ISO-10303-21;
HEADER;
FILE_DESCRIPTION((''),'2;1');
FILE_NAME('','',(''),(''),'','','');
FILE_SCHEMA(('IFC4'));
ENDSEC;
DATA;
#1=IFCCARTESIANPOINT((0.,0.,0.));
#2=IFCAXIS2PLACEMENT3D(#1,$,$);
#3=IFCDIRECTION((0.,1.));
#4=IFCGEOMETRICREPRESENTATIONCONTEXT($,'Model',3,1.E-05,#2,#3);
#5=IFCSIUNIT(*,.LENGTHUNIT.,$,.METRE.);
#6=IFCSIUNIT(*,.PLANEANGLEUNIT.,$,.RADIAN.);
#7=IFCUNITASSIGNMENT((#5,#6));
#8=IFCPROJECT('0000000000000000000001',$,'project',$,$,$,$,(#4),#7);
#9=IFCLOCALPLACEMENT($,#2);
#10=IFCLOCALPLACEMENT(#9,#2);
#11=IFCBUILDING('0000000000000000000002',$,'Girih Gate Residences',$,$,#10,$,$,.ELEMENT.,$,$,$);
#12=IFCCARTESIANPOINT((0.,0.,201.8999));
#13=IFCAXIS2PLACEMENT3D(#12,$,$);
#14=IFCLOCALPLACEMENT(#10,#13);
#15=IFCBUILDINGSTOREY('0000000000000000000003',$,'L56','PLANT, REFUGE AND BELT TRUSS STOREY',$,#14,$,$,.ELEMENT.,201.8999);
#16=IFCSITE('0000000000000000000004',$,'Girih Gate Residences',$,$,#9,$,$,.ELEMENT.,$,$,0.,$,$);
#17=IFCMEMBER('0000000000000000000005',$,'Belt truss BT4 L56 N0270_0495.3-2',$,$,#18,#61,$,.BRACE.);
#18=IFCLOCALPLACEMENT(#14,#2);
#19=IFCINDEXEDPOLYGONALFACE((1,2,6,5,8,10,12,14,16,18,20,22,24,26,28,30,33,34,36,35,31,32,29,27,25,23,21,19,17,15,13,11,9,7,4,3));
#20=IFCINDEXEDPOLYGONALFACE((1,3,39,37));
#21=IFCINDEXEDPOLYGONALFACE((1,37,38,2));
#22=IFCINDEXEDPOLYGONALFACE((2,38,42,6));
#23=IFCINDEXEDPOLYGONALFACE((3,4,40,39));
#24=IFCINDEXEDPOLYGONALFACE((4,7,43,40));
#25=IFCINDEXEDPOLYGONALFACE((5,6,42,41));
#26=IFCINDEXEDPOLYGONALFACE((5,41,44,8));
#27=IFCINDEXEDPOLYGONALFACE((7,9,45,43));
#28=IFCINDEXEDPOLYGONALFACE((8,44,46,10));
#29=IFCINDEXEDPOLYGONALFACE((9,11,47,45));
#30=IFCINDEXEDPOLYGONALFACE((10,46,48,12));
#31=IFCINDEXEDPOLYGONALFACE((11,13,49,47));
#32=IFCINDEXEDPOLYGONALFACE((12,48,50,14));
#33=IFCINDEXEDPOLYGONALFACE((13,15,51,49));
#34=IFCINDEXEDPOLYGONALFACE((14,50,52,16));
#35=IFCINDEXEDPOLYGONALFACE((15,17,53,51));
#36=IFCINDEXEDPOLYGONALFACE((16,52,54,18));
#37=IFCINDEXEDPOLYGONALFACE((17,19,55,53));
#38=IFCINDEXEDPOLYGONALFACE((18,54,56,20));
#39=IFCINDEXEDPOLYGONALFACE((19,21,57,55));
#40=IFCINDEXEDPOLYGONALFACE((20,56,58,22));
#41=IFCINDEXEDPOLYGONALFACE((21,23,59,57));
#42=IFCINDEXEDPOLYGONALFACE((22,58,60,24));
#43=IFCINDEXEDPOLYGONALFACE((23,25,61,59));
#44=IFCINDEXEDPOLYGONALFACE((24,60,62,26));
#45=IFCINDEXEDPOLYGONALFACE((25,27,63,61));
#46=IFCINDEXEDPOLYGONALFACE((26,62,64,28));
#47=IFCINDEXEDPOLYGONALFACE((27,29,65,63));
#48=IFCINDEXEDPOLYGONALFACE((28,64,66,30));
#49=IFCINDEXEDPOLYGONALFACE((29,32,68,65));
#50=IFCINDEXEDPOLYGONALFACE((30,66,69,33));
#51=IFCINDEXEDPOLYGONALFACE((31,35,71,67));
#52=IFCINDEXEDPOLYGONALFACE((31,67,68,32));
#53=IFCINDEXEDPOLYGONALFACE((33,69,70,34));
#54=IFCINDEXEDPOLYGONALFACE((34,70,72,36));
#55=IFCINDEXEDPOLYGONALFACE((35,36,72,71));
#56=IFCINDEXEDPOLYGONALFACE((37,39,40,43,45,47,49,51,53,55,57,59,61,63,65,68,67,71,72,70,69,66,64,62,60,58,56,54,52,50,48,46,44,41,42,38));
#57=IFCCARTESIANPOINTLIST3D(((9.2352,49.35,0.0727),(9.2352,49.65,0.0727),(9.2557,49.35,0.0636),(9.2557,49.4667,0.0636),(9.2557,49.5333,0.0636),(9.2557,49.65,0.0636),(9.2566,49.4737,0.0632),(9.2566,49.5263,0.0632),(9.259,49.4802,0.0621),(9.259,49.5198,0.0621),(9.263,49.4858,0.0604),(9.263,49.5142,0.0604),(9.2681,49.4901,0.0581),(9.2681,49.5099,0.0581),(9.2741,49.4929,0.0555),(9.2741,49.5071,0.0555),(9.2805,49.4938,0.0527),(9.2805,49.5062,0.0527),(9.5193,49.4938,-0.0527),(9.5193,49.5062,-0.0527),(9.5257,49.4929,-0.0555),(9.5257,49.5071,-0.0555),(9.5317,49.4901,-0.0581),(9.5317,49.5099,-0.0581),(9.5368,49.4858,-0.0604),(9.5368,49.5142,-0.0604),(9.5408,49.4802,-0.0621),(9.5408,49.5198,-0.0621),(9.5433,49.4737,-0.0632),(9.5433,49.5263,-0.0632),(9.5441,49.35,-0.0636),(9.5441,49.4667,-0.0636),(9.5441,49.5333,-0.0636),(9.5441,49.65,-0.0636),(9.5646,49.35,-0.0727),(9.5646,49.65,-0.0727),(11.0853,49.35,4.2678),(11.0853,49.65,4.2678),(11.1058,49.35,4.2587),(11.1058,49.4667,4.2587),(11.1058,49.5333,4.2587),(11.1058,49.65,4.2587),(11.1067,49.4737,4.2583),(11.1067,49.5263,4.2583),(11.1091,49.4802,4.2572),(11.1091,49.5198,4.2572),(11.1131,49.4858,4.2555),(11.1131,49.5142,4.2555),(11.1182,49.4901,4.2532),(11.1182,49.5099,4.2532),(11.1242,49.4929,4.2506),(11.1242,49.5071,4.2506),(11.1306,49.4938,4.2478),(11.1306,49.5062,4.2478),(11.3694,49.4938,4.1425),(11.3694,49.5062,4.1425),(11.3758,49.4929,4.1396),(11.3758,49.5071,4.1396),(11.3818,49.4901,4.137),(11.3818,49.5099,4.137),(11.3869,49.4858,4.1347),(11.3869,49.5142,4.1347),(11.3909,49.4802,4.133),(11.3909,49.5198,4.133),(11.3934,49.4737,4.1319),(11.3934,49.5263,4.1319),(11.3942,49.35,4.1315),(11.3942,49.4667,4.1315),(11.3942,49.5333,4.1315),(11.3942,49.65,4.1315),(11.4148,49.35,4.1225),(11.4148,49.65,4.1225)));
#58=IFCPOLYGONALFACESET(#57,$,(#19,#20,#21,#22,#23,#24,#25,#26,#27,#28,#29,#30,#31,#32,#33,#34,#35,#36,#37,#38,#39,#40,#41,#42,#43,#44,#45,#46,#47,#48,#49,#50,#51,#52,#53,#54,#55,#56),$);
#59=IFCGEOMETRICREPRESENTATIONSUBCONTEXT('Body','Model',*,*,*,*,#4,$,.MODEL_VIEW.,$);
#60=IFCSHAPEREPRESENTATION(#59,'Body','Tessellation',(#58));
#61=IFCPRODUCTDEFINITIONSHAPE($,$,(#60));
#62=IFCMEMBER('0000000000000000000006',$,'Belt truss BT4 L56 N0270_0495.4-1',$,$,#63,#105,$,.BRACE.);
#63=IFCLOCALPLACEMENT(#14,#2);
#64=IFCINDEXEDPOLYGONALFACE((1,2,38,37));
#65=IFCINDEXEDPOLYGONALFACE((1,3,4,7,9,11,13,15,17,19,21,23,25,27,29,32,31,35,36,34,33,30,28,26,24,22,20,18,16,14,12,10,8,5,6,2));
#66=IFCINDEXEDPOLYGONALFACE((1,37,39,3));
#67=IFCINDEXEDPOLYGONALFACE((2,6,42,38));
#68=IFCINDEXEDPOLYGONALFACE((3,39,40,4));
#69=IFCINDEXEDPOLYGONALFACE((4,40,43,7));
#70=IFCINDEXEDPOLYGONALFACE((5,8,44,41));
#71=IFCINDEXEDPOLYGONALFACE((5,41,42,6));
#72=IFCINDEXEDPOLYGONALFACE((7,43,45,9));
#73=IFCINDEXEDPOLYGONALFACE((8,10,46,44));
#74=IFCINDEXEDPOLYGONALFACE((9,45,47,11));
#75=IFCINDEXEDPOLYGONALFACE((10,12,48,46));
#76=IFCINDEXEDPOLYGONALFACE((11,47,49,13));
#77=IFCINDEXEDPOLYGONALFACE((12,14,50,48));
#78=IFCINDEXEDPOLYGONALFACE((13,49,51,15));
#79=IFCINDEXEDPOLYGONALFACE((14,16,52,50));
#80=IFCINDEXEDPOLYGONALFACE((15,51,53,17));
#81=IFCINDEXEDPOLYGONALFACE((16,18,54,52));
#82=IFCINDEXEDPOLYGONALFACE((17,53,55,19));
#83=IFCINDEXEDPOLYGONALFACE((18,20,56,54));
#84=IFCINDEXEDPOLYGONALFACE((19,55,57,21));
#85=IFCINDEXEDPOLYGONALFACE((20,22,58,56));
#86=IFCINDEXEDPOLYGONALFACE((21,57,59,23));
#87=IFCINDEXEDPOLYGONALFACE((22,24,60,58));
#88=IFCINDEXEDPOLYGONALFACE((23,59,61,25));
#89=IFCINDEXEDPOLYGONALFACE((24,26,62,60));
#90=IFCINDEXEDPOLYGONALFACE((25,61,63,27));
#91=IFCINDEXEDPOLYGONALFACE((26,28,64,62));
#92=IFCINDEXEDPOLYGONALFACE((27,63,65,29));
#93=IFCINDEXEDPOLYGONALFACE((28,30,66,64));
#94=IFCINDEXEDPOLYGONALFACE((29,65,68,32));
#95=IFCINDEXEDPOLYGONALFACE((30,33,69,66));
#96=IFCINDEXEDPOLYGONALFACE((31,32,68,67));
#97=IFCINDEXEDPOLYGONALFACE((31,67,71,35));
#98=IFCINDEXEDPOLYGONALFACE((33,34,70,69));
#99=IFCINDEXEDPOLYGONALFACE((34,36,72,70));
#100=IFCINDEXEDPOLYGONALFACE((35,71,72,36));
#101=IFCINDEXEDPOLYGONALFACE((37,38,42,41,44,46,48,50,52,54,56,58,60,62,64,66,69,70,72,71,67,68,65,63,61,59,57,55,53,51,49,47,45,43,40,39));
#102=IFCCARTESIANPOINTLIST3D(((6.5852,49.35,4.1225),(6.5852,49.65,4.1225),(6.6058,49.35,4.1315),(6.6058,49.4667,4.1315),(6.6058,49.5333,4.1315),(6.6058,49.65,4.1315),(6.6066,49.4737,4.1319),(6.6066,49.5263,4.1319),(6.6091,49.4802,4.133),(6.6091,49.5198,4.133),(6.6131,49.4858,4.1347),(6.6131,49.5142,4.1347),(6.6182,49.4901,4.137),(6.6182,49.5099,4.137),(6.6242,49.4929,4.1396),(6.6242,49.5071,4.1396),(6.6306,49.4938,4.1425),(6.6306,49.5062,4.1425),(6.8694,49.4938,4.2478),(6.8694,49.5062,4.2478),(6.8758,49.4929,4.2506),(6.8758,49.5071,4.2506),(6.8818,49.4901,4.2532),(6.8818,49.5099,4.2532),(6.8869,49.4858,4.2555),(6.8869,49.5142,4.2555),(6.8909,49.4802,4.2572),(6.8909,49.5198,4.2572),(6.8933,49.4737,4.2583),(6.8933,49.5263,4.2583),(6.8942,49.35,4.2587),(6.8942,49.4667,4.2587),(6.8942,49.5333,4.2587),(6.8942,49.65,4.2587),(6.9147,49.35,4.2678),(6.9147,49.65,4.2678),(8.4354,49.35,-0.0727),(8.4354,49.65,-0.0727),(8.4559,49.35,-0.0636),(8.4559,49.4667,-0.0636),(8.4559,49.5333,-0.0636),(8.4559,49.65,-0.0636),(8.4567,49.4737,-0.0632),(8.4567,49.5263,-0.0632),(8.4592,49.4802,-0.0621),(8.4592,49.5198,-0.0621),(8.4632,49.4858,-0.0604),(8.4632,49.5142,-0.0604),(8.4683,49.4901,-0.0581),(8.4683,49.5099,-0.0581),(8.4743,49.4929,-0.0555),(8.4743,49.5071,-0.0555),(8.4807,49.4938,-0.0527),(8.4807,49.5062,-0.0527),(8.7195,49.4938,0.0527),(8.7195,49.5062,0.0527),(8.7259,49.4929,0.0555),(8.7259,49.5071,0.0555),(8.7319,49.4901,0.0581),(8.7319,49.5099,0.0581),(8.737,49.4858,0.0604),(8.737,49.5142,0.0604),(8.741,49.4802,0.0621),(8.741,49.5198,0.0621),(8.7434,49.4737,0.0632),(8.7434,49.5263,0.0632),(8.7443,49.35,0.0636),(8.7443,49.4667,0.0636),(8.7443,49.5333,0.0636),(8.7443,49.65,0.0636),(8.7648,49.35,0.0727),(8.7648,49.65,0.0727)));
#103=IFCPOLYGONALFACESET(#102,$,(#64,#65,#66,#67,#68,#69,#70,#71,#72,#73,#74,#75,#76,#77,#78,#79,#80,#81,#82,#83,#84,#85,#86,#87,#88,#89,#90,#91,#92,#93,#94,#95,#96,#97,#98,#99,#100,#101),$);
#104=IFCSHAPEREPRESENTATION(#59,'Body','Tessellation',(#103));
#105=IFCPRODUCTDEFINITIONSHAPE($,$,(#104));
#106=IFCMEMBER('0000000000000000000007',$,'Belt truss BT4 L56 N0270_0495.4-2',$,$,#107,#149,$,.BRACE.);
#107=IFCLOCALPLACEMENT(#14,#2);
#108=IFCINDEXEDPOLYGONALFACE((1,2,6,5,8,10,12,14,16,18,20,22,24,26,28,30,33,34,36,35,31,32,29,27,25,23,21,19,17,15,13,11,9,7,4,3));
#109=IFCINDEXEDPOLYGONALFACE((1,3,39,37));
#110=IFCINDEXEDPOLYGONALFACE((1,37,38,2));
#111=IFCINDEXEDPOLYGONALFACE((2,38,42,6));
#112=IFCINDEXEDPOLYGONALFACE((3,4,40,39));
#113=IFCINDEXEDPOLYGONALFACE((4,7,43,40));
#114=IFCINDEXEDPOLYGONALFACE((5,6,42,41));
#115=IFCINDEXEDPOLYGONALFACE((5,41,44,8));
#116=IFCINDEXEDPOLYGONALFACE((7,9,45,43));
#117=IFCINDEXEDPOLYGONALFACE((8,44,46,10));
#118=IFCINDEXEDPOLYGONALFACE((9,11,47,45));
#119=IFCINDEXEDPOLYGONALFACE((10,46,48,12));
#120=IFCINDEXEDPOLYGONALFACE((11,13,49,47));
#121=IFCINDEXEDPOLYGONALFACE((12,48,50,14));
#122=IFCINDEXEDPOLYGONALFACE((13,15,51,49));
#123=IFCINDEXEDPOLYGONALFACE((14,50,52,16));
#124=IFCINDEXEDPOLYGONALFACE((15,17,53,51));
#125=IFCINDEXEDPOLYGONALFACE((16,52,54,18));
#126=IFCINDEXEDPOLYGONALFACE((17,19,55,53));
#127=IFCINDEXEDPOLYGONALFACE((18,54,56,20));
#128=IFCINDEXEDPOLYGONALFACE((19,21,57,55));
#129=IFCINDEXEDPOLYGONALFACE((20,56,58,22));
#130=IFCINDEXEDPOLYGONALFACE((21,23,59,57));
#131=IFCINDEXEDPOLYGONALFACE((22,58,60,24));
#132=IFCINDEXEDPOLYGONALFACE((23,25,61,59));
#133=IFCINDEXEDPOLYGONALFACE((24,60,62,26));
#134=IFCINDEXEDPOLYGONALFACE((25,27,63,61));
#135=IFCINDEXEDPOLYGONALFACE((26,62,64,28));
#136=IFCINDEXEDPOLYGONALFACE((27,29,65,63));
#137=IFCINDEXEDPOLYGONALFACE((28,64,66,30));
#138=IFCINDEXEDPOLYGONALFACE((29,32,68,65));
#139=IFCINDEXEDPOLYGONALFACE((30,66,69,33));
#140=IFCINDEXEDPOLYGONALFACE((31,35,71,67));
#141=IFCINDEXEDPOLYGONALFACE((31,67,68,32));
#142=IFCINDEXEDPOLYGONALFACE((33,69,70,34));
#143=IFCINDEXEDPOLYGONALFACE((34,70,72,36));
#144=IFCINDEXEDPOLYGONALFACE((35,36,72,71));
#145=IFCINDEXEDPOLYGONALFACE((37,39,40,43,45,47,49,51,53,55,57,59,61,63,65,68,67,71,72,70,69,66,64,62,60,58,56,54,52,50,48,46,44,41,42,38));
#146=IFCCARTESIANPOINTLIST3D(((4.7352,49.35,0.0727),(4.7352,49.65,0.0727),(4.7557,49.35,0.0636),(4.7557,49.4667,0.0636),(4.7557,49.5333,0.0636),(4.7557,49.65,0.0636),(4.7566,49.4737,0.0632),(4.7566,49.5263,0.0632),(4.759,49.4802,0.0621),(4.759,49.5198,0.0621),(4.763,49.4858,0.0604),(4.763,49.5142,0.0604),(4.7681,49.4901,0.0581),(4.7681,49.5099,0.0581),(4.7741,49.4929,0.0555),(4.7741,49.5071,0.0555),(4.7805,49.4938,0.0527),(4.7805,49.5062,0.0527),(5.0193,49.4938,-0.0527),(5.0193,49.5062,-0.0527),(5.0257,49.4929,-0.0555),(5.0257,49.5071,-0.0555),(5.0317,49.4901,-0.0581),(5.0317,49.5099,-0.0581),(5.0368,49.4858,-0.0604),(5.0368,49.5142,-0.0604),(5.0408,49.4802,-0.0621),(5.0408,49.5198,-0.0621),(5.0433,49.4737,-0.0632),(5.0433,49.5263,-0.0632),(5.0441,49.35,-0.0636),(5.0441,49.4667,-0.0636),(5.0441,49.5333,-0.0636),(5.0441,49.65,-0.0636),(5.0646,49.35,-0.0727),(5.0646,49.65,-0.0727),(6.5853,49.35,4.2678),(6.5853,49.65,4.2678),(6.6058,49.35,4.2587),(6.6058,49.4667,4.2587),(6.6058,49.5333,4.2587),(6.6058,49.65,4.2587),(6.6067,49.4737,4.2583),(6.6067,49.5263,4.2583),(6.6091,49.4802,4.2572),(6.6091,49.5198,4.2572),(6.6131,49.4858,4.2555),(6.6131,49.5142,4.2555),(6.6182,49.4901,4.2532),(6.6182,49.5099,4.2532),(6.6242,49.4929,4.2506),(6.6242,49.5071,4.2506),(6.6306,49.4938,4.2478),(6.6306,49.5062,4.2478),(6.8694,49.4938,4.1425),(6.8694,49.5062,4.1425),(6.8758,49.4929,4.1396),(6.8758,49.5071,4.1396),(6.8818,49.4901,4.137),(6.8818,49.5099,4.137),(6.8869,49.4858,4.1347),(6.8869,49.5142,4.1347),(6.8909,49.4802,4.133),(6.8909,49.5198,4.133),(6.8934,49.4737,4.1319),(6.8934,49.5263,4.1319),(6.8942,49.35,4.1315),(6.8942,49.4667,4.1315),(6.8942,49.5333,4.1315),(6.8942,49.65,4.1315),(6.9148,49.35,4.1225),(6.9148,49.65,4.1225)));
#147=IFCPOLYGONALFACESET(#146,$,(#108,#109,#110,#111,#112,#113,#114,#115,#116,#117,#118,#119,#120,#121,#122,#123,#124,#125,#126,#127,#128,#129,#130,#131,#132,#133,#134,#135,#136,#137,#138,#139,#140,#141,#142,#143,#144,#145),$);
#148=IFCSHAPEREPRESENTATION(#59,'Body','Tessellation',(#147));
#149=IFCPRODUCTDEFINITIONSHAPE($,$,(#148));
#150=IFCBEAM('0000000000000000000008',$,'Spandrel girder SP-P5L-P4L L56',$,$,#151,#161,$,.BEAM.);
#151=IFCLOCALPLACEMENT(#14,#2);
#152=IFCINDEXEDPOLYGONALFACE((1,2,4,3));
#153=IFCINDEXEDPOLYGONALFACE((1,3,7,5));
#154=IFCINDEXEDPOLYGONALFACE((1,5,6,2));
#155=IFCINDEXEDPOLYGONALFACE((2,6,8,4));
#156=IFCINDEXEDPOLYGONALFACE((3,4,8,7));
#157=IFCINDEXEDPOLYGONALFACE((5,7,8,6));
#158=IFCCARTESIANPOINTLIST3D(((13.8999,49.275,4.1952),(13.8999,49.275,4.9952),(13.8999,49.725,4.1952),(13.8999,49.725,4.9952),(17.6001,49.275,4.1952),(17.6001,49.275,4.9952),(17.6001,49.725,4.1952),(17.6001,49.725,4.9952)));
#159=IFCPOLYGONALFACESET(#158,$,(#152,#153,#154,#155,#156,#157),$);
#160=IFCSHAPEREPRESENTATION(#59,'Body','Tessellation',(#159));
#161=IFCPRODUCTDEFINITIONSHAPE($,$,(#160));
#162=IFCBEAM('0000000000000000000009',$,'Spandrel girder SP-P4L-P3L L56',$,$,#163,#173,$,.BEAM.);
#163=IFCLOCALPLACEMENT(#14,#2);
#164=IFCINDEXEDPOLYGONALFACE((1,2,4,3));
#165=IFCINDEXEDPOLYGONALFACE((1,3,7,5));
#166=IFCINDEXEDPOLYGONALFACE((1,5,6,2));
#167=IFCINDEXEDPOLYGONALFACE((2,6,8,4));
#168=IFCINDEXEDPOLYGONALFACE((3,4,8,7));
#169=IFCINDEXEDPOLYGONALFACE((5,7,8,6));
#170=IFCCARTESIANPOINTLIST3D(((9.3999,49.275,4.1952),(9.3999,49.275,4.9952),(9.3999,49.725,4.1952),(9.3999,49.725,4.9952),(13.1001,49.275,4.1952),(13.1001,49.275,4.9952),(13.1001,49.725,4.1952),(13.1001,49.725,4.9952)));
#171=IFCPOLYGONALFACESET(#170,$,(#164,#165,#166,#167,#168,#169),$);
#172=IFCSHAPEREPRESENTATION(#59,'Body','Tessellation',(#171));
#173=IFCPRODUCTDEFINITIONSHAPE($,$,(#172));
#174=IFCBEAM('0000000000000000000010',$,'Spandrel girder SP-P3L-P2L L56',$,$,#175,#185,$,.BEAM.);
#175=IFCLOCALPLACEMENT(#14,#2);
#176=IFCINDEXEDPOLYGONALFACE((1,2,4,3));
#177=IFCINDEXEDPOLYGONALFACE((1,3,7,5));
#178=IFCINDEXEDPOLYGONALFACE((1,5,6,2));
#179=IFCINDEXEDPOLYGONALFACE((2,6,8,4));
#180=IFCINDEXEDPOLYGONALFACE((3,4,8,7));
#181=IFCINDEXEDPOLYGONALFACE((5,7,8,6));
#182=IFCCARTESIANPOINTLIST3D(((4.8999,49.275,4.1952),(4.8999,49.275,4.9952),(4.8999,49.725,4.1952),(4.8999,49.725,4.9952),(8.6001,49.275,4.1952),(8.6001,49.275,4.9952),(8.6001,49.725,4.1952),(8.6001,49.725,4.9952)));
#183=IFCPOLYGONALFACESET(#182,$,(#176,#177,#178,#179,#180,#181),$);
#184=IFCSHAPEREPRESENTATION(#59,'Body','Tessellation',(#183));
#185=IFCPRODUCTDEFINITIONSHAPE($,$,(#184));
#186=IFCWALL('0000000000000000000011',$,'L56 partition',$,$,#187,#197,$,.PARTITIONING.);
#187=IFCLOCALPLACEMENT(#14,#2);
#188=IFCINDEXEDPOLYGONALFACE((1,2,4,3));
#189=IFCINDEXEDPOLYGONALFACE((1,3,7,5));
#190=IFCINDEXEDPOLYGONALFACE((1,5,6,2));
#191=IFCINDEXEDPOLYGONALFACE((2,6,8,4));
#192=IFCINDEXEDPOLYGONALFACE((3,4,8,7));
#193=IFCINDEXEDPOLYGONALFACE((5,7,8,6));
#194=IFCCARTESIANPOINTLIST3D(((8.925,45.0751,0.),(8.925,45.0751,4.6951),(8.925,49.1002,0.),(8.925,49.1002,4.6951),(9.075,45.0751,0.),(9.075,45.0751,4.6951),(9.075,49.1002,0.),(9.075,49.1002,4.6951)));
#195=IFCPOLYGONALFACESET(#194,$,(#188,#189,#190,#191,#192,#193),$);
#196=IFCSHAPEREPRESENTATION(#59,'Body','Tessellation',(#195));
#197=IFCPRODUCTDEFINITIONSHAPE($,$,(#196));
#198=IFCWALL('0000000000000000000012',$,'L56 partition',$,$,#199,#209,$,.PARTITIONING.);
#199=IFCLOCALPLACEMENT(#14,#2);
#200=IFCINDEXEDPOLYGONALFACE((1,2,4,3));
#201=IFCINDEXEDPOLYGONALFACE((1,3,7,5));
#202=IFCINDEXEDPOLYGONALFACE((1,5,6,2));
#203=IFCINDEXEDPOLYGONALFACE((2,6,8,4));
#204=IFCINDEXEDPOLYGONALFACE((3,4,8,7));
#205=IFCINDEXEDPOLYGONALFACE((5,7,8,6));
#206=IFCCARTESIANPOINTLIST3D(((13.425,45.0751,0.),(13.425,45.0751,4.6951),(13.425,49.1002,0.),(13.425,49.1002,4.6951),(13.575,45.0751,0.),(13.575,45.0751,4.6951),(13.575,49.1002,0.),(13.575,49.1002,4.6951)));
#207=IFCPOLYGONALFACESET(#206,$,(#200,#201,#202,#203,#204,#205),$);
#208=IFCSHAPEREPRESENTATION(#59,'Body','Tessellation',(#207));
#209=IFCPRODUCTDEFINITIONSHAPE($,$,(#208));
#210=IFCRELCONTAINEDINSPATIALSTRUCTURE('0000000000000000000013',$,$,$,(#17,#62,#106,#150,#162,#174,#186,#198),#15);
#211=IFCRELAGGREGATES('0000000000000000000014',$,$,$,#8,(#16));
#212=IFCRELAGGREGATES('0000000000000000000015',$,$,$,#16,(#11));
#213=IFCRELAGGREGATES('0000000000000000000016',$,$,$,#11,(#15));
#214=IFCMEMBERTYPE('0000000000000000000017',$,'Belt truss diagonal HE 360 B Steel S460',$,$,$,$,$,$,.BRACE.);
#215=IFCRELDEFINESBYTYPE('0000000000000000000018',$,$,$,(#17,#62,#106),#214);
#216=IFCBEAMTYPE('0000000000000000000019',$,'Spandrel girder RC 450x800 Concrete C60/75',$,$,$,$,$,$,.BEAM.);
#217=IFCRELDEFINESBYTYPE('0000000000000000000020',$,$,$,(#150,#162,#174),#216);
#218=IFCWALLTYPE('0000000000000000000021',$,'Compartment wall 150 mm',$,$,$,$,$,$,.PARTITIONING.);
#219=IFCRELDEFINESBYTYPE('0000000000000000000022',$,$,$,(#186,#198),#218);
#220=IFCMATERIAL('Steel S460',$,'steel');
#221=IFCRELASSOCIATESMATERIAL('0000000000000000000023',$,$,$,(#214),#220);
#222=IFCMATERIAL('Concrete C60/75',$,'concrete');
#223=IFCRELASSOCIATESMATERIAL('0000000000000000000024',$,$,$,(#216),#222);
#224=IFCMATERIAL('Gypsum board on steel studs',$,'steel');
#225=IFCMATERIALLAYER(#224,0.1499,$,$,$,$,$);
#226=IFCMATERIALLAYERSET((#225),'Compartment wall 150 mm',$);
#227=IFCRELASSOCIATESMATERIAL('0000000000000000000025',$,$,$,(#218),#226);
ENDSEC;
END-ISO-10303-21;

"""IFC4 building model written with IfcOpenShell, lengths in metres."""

from ifc_helpers import new_model, si_unit, direction, frame, frame_2d, origin, origin_2d, place, context, subcontext, project, spatial, rectangle, i_section, extrude, material, layer, layer_set, material_profile, profile_set, type_object, element, save


model = new_model("IFC4")

# Units and contexts
model_context = context("Model", 3, precision=1e-05, world=origin(), true_north=direction((0.0, 1.0)))
body_context = subcontext(model_context, "Body", "Model", "MODEL_VIEW")
ifc_project = project(units=[si_unit("LENGTHUNIT", "METRE"), si_unit("PLANEANGLEUNIT", "RADIAN")], contexts=[model_context])

# Site, building, storey
site_placement = place(None, origin())
site = spatial("IfcSite", under=ifc_project, at=site_placement, Name="Girih Gate Residences", CompositionType="ELEMENT", RefElevation=0.0)
building_placement = place(site_placement, origin())
building = spatial("IfcBuilding", under=site, at=building_placement, Name="Girih Gate Residences", CompositionType="ELEMENT")
storey_placement = place(building_placement, frame((0.0, 0.0, 201.8999)))
storey = spatial("IfcBuildingStorey", under=building, at=storey_placement, Name="L56", Description="PLANT, REFUGE AND BELT TRUSS STOREY", CompositionType="ELEMENT", Elevation=201.8999)

# Shared definitions
ifc_material_1 = material(Name="Concrete C60/75", Category="concrete")

# Members
ifc_material_2 = material(Name="Steel S460", Category="steel")
ifc_material_profile_1 = material_profile(ifc_material_2, i_section(OverallWidth=0.3, OverallDepth=0.3601, WebThickness=0.0125, FlangeThickness=0.0225, FilletRadius=0.0271, at=origin_2d()))
ifc_profile_set_1 = profile_set([ifc_material_profile_1], Name="Steel S460")
member_type = type_object("IfcMemberType", Name="Belt truss diagonal HE 360 B Steel S460", PredefinedType="BRACE", material=ifc_profile_set_1)
for number, where, z_axis, x_axis, name in (
    (1, (9.3999, 49.5, 0.0), (0.403518, 0.0, 0.914972), (0.0, 1.0, 0.0), "Belt truss BT4 L56 N0270_0495.3-2"),
    (2, (8.6001, 49.5, 0.0), (-0.403518, 0.0, 0.914972), (0.0, -1.0, 0.0), "Belt truss BT4 L56 N0270_0495.4-1"),
    (3, (4.8999, 49.5, 0.0), (0.403518, 0.0, 0.914972), (0.0, 1.0, 0.0), "Belt truss BT4 L56 N0270_0495.4-2"),
):
    element("IfcMember", number, at=place(storey_placement, frame(where, z_axis=z_axis, x_axis=x_axis)), inside=storey, type_object=member_type, Name=name, PredefinedType="BRACE", context=body_context, shape_type="SweptSolid", body=[
        extrude(i_section(OverallWidth=0.3, OverallDepth=0.3601, WebThickness=0.0125, FlangeThickness=0.0225, FilletRadius=0.0271, at=origin_2d()), origin(), (0.0, 0.0, 1.0), 4.585),
    ])

# Beams
ifc_material_profile_2 = material_profile(ifc_material_1, rectangle(XDim=0.45, YDim=0.8, at=origin_2d()))
ifc_profile_set_2 = profile_set([ifc_material_profile_2], Name="Concrete C60/75")
beam_type = type_object("IfcBeamType", Name="Spandrel girder RC 450x800 Concrete C60/75", PredefinedType="BEAM", material=ifc_profile_set_2)
for number, where, z_axis, x_axis, name in (
    (4, (17.6001, 49.5, 4.5952), (-1.0, 0.0, 0.0), (0.0, -1.0, 0.0), "Spandrel girder SP-P5L-P4L L56"),
    (5, (13.1001, 49.5, 4.5952), (-1.0, 0.0, 0.0), (0.0, -1.0, 0.0), "Spandrel girder SP-P4L-P3L L56"),
    (6, (8.6001, 49.5, 4.5952), (-1.0, 0.0, 0.0), (0.0, -1.0, 0.0), "Spandrel girder SP-P3L-P2L L56"),
):
    element("IfcBeam", number, at=place(storey_placement, frame(where, z_axis=z_axis, x_axis=x_axis)), inside=storey, type_object=beam_type, Name=name, PredefinedType="BEAM", context=body_context, shape_type="SweptSolid", body=[
        extrude(rectangle(XDim=0.45, YDim=0.8, at=origin_2d()), origin(), (0.0, 0.0, 1.0), 3.7002),
    ])

# Walls
ifc_material_3 = material(Name="Gypsum board on steel studs", Category="steel")
ifc_layer_1 = layer(ifc_material_3, 0.1499)
ifc_layer_set_1 = layer_set([ifc_layer_1], Name="Compartment wall 150 mm")
wall_type_1 = type_object("IfcWallType", Name="Compartment wall 150 mm", PredefinedType="PARTITIONING", material=ifc_layer_set_1)
for number, where, z_axis, x_axis, name in (
    (7, (9.0, 45.075, 0.0), (0.0, 0.0, 1.0), (0.0, 1.0, 0.0), "L56 partition"),
    (8, (13.5, 45.075, 0.0), (0.0, 0.0, 1.0), (0.0, 1.0, 0.0), "L56 partition"),
):
    element("IfcWall", number, at=place(storey_placement, frame(where, z_axis=z_axis, x_axis=x_axis)), inside=storey, type_object=wall_type_1, Name=name, PredefinedType="PARTITIONING", context=body_context, shape_type="SweptSolid", body=[
        extrude(rectangle(XDim=4.0251, YDim=0.1499, at=frame_2d((2.0127, 0.0))), origin(), (0.0, 0.0, 1.0), 4.6951),
    ])

save(model, "model.ifc")
